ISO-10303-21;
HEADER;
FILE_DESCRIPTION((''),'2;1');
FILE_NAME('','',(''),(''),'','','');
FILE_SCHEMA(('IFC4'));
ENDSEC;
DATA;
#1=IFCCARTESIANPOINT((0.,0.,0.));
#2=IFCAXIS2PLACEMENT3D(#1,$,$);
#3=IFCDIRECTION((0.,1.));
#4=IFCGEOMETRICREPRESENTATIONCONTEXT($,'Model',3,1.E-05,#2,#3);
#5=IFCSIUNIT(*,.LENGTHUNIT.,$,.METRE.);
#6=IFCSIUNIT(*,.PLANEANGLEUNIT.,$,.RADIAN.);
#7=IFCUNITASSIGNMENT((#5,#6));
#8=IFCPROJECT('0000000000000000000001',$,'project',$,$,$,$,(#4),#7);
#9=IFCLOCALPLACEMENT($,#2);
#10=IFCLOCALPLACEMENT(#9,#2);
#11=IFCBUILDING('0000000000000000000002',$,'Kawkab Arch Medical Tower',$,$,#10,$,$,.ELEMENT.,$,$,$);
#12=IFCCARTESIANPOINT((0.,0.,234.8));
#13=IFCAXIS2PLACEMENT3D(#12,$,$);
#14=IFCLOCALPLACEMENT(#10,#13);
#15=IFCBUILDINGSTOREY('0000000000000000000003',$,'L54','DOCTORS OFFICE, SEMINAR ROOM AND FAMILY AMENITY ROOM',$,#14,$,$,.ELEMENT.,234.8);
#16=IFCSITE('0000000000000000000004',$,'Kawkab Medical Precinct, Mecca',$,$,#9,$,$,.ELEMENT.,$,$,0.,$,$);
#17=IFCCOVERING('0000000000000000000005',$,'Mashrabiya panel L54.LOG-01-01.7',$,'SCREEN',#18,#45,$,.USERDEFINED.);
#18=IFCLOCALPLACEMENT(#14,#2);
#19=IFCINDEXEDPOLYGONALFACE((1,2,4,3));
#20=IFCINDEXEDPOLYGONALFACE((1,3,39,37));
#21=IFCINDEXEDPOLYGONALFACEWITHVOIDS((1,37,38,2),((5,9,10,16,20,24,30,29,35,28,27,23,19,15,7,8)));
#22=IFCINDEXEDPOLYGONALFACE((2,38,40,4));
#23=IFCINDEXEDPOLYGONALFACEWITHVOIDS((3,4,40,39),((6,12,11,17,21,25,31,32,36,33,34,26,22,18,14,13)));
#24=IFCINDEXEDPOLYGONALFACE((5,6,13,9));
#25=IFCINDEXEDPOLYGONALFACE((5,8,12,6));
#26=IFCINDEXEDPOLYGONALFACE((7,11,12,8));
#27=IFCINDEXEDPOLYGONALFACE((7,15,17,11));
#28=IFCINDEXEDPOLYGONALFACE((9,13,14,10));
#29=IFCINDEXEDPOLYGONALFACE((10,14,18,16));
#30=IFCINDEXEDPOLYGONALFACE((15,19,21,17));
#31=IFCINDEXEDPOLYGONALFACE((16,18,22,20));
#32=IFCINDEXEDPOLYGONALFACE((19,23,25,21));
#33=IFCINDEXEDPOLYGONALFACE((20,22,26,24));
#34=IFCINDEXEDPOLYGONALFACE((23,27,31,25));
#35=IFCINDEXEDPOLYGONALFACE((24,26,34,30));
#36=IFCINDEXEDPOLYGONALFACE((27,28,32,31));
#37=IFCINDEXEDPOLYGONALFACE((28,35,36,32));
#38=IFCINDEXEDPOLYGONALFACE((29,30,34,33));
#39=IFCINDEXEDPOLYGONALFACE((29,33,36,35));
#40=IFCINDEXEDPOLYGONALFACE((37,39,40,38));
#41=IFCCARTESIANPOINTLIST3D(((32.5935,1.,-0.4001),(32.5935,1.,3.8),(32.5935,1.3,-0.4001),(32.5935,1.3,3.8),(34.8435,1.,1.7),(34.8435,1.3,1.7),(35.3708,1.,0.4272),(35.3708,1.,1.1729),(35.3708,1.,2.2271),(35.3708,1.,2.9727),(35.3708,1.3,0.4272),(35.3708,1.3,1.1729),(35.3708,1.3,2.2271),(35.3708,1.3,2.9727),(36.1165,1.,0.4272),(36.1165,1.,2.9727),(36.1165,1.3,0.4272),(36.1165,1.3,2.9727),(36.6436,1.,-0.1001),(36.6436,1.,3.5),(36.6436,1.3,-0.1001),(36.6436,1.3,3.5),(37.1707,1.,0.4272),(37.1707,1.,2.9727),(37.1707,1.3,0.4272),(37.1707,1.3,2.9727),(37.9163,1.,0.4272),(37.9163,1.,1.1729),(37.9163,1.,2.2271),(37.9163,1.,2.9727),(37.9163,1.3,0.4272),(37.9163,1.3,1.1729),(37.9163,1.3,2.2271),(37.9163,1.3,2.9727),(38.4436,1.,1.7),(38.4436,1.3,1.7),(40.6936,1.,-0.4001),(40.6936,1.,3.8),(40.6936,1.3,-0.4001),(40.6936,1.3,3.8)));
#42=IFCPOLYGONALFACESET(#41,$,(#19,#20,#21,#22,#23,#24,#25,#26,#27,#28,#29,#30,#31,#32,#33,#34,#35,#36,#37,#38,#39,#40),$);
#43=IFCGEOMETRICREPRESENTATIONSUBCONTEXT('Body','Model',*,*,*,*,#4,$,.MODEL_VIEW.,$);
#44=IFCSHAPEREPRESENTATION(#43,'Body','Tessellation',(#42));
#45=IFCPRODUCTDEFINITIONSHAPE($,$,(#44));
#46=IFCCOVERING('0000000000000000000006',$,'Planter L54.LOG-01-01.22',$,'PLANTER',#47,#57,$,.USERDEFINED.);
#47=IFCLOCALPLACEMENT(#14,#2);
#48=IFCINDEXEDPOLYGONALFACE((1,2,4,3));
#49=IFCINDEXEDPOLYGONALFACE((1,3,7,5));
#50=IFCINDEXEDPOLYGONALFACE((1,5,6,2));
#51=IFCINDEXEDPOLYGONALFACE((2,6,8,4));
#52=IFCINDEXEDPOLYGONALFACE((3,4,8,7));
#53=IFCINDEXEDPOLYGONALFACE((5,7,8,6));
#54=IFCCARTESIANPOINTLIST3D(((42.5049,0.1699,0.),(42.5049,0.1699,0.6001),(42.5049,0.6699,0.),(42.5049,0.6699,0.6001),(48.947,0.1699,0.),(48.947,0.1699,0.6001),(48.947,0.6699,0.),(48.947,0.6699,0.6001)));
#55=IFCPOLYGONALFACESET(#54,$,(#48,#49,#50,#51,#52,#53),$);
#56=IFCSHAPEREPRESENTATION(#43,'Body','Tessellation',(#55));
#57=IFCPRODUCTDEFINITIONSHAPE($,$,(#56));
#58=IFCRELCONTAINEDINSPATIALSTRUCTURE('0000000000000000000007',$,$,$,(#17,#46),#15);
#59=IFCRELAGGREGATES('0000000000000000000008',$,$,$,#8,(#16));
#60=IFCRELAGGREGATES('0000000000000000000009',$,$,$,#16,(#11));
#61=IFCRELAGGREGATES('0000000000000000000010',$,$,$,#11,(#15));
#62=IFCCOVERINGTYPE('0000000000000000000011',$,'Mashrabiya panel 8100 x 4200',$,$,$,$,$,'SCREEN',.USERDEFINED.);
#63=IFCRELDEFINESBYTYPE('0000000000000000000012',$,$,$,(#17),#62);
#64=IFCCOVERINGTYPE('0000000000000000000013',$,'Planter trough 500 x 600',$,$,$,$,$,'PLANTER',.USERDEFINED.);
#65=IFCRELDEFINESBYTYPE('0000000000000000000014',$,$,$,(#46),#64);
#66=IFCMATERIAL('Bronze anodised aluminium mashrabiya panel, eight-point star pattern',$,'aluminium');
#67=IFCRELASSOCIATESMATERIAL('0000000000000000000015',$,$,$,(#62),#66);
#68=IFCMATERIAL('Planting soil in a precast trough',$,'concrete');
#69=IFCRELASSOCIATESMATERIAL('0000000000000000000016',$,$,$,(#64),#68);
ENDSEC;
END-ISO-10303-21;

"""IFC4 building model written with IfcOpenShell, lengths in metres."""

from ifc_helpers import new_model, si_unit, direction, frame, origin, origin_2d, place, context, subcontext, project, spatial, polyline, rectangle, outline, extrude, material, material_profile, profile_set, type_object, element, save


model = new_model("IFC4")

# Units and contexts
model_context = context("Model", 3, precision=1e-05, world=origin(), true_north=direction((0.0, 1.0)))
body_context = subcontext(model_context, "Body", "Model", "MODEL_VIEW")
ifc_project = project(units=[si_unit("LENGTHUNIT", "METRE"), si_unit("PLANEANGLEUNIT", "RADIAN")], contexts=[model_context])

# Site, building, storey
site_placement = place(None, origin())
site = spatial("IfcSite", under=ifc_project, at=site_placement, Name="Kawkab Medical Precinct, Mecca", CompositionType="ELEMENT", RefElevation=0.0)
building_placement = place(site_placement, origin())
building = spatial("IfcBuilding", under=site, at=building_placement, Name="Kawkab Arch Medical Tower", CompositionType="ELEMENT")
storey_placement = place(building_placement, frame((0.0, 0.0, 234.8)))
storey = spatial("IfcBuildingStorey", under=building, at=storey_placement, Name="L54", Description="DOCTORS OFFICE, SEMINAR ROOM AND FAMILY AMENITY ROOM", CompositionType="ELEMENT", Elevation=234.8)

# Coverings
ifc_material_1 = material(Name="Bronze anodised aluminium mashrabiya panel, eight-point star pattern", Category="aluminium")
ifc_material_profile_1 = material_profile(ifc_material_1, outline(polyline([(-4.05, -2.1001), (4.05, -2.1001), (4.05, 2.1001), (-4.05, 2.1001), (-4.05, -2.1001)]), holes=[polyline([(1.8, 0.0), (1.2727, 0.5271), (1.2727, 1.2727), (0.5271, 1.2727), (0.0, 1.8), (-0.5271, 1.2727), (-1.2727, 1.2727), (-1.2727, 0.5271), (-1.8, 0.0), (-1.2727, -0.5271), (-1.2727, -1.2727), (-0.5271, -1.2727), (0.0, -1.8), (0.5271, -1.2727), (1.2727, -1.2727), (1.2727, -0.5271), (1.8, 0.0)])]), Name="Mashrabiya panel 8100x4200")
ifc_profile_set_1 = profile_set([ifc_material_profile_1], Name="Bronze anodised aluminium mashrabiya panel, eight-point star pattern")
covering_type_1 = type_object("IfcCoveringType", Name="Mashrabiya panel 8100 x 4200", ElementType="SCREEN", PredefinedType="USERDEFINED", material=ifc_profile_set_1)
covering_1_placement = place(storey_placement, frame((36.6436, 1.0, 1.7), z_axis=(0.0, 1.0, 0.0), x_axis=(-1.0, 0.0, 0.0)))
element("IfcCovering", 1, at=covering_1_placement, inside=storey, type_object=covering_type_1, Name="Mashrabiya panel L54.LOG-01-01.7", ObjectType="SCREEN", PredefinedType="USERDEFINED", context=body_context, shape_type="SweptSolid", body=[
    extrude(outline(polyline([(-4.05, -2.1001), (4.05, -2.1001), (4.05, 2.1001), (-4.05, 2.1001), (-4.05, -2.1001)]), holes=[polyline([(1.8, 0.0), (1.2727, 0.5271), (1.2727, 1.2727), (0.5271, 1.2727), (0.0, 1.8), (-0.5271, 1.2727), (-1.2727, 1.2727), (-1.2727, 0.5271), (-1.8, 0.0), (-1.2727, -0.5271), (-1.2727, -1.2727), (-0.5271, -1.2727), (0.0, -1.8), (0.5271, -1.2727), (1.2727, -1.2727), (1.2727, -0.5271), (1.8, 0.0)])]), origin(), (0.0, 0.0, 1.0), 0.3),
])
ifc_material_2 = material(Name="Planting soil in a precast trough", Category="concrete")
ifc_material_profile_2 = material_profile(ifc_material_2, rectangle(XDim=0.5, YDim=0.6001, at=origin_2d()), Name="Trough 500x600")
ifc_profile_set_2 = profile_set([ifc_material_profile_2], Name="Planting soil in a precast trough")
covering_type_2 = type_object("IfcCoveringType", Name="Planter trough 500 x 600", ElementType="PLANTER", PredefinedType="USERDEFINED", material=ifc_profile_set_2)
covering_2_placement = place(storey_placement, frame((42.5049, 0.4199, 0.3), z_axis=(1.0, 0.0, 0.0), x_axis=(0.0, 1.0, 0.0)))
element("IfcCovering", 2, at=covering_2_placement, inside=storey, type_object=covering_type_2, Name="Planter L54.LOG-01-01.22", ObjectType="PLANTER", PredefinedType="USERDEFINED", context=body_context, shape_type="SweptSolid", body=[
    extrude(rectangle(XDim=0.5, YDim=0.6001, at=origin_2d()), origin(), (0.0, 0.0, 1.0), 6.4421),
])

save(model, "model.ifc")
